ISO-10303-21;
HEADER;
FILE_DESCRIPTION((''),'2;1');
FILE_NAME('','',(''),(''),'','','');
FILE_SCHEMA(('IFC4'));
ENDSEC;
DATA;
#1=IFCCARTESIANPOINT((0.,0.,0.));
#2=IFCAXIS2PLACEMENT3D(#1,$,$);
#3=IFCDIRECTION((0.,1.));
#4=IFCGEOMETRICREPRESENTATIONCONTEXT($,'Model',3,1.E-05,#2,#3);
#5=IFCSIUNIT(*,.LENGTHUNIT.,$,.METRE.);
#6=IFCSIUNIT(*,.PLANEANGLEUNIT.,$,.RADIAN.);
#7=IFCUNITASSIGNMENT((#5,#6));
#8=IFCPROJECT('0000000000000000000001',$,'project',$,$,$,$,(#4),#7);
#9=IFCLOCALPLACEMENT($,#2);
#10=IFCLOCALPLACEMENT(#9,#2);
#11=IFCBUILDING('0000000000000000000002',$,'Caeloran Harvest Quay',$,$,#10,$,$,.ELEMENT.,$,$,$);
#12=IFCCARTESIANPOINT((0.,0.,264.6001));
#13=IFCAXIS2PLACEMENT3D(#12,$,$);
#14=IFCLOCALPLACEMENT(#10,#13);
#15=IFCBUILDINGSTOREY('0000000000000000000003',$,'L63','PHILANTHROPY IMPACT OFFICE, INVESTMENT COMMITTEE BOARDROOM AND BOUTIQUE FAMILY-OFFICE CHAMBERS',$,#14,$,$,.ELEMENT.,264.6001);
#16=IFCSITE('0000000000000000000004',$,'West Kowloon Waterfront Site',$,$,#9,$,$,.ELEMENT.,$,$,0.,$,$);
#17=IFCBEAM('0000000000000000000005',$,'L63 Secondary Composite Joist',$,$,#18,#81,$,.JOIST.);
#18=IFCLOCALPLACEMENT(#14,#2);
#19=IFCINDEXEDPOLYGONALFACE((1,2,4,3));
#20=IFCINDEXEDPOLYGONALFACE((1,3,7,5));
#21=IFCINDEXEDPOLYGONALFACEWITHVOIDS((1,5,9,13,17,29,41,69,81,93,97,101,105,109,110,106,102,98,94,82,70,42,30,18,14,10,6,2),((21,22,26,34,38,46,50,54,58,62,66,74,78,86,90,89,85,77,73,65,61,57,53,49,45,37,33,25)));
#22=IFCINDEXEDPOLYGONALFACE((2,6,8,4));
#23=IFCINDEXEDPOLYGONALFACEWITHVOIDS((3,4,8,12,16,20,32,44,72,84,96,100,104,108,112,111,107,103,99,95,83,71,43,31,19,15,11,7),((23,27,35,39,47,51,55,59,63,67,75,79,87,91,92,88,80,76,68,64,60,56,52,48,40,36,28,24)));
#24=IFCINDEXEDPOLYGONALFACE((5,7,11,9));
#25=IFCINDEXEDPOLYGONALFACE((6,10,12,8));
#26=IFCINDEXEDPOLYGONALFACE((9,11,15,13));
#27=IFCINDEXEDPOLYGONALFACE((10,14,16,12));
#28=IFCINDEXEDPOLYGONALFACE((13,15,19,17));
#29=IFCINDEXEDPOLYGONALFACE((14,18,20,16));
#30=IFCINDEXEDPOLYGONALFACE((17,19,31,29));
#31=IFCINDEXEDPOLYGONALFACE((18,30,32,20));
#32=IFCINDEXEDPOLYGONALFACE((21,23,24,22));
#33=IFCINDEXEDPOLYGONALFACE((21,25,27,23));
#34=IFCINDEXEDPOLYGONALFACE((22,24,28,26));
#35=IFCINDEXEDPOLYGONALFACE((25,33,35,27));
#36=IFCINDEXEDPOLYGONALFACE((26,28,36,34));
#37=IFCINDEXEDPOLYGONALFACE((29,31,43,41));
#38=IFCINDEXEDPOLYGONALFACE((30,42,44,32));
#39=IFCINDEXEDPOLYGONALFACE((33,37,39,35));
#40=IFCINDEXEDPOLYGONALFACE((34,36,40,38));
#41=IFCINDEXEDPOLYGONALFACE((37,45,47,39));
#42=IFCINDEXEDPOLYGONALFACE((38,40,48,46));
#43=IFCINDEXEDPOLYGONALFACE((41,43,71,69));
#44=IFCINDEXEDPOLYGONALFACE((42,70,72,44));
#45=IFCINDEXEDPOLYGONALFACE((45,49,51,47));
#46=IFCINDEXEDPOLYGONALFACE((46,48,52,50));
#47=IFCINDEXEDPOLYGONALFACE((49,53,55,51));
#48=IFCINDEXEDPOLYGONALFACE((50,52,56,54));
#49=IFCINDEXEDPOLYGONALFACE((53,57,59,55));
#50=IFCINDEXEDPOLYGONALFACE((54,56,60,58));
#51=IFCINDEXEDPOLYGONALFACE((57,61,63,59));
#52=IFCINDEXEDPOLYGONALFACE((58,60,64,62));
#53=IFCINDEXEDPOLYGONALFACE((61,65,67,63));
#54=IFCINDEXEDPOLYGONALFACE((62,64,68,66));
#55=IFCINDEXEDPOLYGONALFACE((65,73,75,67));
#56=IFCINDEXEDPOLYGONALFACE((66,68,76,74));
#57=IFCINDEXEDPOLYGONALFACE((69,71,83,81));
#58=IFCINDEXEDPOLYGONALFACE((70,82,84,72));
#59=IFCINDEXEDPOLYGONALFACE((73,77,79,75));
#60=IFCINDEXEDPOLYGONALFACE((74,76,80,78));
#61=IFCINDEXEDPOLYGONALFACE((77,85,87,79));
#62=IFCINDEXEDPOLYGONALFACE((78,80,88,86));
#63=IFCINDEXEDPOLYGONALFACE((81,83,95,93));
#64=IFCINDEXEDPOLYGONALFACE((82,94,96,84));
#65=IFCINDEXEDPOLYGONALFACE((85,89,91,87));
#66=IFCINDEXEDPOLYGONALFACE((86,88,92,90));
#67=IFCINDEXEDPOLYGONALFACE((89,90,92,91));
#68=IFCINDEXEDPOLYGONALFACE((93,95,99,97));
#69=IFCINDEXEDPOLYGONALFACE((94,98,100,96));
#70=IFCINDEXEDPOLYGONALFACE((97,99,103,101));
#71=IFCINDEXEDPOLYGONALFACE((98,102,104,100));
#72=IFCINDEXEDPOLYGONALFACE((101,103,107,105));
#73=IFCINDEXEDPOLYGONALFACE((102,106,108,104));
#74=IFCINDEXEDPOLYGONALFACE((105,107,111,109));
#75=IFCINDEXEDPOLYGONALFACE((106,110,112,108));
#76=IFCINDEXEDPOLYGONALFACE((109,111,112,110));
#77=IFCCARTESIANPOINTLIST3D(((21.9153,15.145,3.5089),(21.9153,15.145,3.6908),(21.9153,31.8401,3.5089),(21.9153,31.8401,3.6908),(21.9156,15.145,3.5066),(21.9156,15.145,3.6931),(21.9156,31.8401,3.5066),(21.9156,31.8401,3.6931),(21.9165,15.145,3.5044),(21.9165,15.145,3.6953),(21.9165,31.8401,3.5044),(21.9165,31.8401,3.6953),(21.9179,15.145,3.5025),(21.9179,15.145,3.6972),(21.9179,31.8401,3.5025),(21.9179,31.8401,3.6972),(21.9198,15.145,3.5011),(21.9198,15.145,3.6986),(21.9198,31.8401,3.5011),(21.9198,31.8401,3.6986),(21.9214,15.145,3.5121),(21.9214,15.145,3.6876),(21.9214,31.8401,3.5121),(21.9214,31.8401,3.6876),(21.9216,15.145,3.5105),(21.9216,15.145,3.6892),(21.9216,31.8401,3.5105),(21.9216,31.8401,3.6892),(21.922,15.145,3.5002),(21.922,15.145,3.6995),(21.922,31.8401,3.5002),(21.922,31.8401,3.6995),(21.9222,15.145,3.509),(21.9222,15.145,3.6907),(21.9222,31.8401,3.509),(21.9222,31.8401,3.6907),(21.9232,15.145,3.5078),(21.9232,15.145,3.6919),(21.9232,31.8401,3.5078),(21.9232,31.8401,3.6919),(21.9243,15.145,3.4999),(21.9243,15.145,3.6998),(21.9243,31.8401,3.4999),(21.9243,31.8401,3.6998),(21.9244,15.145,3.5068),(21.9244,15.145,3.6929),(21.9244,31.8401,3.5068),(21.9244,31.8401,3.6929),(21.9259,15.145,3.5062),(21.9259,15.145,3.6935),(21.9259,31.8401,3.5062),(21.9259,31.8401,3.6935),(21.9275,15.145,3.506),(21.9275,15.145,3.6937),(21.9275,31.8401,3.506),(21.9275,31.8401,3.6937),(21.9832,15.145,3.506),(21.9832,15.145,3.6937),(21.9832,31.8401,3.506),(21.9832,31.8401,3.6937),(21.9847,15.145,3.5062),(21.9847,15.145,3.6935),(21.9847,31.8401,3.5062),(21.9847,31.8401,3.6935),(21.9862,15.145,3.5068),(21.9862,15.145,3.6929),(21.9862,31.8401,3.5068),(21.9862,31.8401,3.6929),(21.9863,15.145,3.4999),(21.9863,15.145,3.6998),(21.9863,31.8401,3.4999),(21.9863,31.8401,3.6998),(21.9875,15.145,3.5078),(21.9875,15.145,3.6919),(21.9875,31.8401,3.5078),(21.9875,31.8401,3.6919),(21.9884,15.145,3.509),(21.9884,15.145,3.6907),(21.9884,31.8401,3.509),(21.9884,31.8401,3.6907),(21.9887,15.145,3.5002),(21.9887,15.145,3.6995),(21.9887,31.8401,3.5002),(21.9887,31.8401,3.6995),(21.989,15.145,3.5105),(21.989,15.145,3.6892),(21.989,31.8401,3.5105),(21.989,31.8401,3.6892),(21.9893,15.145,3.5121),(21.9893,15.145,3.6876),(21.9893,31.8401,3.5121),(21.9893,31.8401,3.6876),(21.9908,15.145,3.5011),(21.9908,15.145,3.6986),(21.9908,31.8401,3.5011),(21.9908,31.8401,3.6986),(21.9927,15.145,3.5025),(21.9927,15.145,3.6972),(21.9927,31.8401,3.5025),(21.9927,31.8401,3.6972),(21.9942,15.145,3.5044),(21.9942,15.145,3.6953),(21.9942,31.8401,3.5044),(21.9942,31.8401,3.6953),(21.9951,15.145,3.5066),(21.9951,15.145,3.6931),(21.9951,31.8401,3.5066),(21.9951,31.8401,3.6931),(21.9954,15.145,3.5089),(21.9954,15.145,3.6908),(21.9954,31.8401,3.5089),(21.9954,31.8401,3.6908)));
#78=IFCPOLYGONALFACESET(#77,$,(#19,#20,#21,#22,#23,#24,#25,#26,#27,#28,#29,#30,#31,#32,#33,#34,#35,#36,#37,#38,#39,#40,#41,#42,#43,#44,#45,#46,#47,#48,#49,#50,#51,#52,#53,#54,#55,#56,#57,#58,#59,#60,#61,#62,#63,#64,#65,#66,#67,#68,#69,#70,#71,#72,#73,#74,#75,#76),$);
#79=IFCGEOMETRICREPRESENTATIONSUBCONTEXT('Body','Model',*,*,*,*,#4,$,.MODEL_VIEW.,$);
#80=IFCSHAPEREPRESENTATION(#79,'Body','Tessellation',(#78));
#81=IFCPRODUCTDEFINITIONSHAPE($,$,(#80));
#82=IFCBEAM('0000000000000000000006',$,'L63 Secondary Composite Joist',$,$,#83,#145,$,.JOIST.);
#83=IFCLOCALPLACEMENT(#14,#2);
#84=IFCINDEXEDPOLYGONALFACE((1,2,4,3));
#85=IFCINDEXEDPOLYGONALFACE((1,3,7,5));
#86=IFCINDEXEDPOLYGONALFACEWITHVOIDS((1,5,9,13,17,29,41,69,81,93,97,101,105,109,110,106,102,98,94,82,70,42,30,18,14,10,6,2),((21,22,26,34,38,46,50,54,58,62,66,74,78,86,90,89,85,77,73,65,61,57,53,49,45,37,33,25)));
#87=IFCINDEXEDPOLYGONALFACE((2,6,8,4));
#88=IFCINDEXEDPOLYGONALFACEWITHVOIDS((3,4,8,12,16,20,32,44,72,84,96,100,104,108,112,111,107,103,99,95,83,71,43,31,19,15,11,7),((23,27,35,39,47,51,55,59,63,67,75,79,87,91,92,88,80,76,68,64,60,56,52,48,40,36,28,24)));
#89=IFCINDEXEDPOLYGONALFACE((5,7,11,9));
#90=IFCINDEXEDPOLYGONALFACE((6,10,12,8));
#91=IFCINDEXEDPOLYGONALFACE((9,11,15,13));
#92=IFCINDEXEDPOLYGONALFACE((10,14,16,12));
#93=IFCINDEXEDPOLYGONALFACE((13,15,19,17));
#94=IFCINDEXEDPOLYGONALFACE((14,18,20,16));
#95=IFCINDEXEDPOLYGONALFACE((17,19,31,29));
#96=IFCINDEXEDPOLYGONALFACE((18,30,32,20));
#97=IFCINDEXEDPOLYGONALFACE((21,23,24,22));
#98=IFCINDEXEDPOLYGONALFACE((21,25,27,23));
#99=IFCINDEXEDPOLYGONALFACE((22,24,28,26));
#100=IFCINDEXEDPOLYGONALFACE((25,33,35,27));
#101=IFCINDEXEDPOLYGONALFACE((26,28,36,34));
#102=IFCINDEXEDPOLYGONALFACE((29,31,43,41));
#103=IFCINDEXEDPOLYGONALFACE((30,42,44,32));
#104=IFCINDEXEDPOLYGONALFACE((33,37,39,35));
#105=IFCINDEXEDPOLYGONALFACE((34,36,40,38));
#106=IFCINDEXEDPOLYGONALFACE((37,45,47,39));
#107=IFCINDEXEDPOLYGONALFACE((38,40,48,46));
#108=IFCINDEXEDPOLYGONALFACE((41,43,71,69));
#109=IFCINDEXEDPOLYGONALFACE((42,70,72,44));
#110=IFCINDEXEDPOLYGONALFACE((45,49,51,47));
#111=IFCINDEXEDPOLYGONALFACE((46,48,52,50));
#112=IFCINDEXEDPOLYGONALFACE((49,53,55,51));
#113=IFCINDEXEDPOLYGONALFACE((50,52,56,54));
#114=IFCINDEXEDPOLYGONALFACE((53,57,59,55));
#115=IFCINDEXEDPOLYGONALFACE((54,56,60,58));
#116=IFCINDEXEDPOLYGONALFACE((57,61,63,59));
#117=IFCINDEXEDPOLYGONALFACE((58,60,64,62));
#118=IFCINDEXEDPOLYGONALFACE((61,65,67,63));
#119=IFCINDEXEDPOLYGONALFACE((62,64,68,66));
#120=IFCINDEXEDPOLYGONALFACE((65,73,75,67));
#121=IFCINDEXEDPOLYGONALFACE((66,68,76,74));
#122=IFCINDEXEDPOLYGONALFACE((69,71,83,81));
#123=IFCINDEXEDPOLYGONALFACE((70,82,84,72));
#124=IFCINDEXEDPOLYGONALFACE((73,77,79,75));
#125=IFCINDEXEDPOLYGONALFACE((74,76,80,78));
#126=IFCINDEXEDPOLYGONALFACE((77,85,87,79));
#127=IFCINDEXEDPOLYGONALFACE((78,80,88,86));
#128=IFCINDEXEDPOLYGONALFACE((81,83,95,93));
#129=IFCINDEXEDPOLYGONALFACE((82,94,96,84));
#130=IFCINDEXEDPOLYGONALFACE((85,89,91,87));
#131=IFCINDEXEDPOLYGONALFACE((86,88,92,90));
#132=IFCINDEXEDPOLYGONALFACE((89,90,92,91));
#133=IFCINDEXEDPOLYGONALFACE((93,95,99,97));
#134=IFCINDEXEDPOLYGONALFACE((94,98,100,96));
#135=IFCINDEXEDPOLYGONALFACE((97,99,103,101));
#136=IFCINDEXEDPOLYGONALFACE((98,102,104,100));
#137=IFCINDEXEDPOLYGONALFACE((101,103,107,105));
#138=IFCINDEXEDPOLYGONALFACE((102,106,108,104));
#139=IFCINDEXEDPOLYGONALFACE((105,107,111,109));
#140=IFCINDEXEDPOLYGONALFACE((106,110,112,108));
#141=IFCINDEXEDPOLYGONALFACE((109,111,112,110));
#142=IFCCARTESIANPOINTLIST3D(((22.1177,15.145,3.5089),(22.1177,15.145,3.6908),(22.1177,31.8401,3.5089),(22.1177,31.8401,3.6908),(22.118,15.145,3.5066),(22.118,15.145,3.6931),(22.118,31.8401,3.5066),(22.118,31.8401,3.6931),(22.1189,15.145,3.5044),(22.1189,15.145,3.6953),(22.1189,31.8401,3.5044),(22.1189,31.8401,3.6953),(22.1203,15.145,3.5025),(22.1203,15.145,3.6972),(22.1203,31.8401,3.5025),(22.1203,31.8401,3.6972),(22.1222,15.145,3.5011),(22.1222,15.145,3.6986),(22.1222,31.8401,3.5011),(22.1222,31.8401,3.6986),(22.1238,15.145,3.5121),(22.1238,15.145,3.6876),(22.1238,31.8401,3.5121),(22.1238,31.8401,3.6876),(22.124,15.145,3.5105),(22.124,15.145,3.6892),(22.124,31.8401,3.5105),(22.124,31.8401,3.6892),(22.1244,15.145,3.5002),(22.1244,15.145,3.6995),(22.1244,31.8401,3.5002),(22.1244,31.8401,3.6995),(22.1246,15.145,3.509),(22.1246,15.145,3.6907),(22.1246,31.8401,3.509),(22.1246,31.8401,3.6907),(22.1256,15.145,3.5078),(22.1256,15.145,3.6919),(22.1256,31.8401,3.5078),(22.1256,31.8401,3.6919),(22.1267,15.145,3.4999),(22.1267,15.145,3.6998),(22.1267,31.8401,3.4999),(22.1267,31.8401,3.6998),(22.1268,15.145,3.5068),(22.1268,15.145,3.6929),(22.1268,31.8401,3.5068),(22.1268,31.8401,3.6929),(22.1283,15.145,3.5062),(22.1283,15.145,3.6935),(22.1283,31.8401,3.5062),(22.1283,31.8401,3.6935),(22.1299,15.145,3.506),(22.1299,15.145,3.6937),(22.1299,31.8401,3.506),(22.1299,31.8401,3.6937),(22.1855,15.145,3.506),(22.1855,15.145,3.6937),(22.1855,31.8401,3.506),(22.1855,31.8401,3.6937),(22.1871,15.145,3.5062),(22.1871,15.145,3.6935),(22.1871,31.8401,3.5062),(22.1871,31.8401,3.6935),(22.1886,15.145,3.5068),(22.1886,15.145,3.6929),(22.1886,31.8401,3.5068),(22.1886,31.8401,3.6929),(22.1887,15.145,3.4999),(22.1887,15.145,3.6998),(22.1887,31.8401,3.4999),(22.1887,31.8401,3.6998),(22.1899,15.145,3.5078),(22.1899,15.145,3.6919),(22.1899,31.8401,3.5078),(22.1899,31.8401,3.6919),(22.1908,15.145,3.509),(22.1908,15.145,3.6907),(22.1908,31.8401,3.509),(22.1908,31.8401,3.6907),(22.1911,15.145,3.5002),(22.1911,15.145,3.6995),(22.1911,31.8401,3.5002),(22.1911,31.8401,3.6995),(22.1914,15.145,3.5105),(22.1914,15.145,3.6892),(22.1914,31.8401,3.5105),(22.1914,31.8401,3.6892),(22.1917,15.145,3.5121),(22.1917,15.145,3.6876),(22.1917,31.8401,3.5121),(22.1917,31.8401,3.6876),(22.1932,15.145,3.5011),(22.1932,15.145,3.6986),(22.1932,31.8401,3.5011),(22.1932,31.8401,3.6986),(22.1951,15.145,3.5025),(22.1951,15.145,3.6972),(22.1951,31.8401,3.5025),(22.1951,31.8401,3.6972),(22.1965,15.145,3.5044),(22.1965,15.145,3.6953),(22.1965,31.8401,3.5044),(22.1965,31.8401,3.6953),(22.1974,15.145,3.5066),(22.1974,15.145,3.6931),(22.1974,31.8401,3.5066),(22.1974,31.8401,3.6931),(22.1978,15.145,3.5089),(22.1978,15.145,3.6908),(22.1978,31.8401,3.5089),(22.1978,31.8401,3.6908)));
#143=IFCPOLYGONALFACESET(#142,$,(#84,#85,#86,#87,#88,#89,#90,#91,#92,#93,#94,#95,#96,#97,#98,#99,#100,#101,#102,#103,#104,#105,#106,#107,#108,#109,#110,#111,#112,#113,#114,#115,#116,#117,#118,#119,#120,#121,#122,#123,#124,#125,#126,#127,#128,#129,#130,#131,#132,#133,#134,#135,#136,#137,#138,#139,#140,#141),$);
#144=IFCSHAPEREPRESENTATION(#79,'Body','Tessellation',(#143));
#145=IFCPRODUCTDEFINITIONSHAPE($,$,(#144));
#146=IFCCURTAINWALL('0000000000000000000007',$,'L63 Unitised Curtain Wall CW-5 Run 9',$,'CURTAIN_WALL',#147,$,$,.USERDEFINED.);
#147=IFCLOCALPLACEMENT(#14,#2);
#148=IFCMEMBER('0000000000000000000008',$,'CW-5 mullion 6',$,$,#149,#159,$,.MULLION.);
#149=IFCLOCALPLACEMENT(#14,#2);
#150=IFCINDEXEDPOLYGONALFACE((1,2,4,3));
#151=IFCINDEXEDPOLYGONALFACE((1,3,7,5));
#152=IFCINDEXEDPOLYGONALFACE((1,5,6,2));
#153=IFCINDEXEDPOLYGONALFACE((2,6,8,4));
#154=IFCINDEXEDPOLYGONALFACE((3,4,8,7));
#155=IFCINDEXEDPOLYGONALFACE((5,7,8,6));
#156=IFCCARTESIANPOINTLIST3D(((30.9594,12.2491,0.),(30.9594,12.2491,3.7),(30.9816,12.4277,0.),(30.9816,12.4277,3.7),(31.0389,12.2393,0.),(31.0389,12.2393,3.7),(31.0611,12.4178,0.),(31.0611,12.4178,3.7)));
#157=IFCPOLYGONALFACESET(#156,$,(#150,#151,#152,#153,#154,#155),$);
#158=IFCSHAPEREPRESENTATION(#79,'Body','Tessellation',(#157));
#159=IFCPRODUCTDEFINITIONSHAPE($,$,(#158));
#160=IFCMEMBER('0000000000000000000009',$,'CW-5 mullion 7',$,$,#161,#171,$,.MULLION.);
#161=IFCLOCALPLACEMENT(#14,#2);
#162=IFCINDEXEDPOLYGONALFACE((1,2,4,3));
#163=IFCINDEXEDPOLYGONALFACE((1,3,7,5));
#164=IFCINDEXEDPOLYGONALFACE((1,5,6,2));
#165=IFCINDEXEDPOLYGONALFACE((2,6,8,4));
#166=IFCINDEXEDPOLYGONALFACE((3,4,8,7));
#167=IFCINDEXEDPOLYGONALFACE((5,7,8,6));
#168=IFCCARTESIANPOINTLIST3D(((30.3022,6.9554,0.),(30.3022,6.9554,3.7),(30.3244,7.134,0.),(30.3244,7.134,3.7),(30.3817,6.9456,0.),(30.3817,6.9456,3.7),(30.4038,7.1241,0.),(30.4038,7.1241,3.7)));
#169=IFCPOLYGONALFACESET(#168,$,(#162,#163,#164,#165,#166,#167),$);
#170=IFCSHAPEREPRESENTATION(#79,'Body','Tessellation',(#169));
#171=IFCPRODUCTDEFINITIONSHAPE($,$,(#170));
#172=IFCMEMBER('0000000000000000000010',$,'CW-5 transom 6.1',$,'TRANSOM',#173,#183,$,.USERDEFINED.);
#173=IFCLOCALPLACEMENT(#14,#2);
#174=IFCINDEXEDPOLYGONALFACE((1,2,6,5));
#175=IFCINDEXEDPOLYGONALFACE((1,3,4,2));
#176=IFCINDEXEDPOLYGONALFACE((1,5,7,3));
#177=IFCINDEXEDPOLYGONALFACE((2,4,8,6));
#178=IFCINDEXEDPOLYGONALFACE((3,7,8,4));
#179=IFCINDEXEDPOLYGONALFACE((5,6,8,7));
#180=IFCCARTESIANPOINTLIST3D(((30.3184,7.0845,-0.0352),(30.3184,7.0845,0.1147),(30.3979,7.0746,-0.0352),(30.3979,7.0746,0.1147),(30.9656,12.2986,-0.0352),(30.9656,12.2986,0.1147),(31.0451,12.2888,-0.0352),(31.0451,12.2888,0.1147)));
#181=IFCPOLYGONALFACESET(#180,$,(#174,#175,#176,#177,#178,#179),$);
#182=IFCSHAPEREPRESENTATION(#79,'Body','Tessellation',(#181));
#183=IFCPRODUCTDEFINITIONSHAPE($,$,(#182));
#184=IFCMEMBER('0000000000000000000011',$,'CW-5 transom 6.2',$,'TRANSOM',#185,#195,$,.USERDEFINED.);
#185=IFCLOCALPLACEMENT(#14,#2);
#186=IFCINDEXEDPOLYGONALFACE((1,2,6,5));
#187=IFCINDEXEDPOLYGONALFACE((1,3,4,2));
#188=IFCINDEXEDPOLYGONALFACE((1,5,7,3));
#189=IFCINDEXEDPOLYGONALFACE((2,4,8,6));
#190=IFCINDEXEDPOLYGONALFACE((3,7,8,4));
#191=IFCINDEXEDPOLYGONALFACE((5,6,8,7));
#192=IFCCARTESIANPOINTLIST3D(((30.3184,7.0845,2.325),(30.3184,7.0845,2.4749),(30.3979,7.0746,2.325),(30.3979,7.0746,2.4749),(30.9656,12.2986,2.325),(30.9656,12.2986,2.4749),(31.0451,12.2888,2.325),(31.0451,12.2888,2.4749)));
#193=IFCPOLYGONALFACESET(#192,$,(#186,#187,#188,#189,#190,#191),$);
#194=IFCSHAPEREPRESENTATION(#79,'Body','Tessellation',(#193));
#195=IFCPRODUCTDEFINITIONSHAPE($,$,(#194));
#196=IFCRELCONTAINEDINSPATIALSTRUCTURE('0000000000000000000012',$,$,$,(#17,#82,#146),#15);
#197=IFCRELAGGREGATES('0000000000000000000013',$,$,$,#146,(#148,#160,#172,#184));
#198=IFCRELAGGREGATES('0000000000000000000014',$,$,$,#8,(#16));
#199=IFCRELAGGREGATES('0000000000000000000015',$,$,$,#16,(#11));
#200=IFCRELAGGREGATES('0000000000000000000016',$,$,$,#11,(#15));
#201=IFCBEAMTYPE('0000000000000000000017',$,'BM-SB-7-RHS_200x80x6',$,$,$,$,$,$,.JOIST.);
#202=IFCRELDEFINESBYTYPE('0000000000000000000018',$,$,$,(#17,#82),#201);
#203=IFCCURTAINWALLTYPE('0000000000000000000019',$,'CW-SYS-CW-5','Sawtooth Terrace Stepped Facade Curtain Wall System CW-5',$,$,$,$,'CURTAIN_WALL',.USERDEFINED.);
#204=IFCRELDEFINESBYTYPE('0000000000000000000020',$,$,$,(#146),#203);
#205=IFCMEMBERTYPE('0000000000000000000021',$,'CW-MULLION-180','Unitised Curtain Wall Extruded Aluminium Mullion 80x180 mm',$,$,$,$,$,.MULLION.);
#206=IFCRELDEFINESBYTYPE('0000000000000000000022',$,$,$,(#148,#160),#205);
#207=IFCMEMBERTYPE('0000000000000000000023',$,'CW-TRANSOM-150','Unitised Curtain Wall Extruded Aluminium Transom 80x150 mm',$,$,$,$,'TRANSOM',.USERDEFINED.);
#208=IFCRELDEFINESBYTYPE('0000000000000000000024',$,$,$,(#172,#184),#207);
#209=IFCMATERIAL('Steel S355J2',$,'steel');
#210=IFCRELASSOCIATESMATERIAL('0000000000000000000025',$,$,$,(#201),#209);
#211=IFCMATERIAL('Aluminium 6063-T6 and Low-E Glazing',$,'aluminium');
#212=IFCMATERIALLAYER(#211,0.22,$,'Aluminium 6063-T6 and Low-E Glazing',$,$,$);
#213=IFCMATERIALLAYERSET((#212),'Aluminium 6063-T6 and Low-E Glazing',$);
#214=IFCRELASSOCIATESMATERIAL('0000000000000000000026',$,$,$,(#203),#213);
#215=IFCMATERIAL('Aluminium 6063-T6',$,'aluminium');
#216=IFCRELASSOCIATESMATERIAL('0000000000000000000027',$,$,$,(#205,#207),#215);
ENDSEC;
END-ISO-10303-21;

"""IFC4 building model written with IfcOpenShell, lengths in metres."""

from ifc_helpers import new_model, si_unit, direction, frame, origin, origin_2d, place, context, subcontext, project, spatial, rectangle, hollow_rectangle, extrude, material, layer, layer_set, material_profile, profile_set, type_object, element, aggregate, save


model = new_model("IFC4")

# Units and contexts
model_context = context("Model", 3, precision=1e-05, world=origin(), true_north=direction((0.0, 1.0)))
body_context = subcontext(model_context, "Body", "Model", "MODEL_VIEW")
ifc_project = project(units=[si_unit("LENGTHUNIT", "METRE"), si_unit("PLANEANGLEUNIT", "RADIAN")], contexts=[model_context])

# Site, building, storey
site_placement = place(None, origin())
site = spatial("IfcSite", under=ifc_project, at=site_placement, Name="West Kowloon Waterfront Site", CompositionType="ELEMENT", RefElevation=0.0)
building_placement = place(site_placement, origin())
building = spatial("IfcBuilding", under=site, at=building_placement, Name="Caeloran Harvest Quay", CompositionType="ELEMENT")
storey_placement = place(building_placement, frame((0.0, 0.0, 264.6001)))
storey = spatial("IfcBuildingStorey", under=building, at=storey_placement, Name="L63", Description="PHILANTHROPY IMPACT OFFICE, INVESTMENT COMMITTEE BOARDROOM AND BOUTIQUE FAMILY-OFFICE CHAMBERS", CompositionType="ELEMENT", Elevation=264.6001)

# Beams
ifc_material_1 = material(Name="Steel S355J2", Category="steel")
ifc_material_profile_1 = material_profile(ifc_material_1, hollow_rectangle(XDim=0.0801, YDim=0.2, WallThickness=0.0061, InnerFilletRadius=0.0061, OuterFilletRadius=0.009, at=origin_2d()), Name="RHS 200x80x6")
ifc_profile_set_1 = profile_set([ifc_material_profile_1], Name="Steel S355J2")
beam_type_1 = type_object("IfcBeamType", Name="BM-SB-7-RHS_200x80x6", PredefinedType="JOIST", material=ifc_profile_set_1)
for number, where, z_axis, x_axis, name in (
    (1, (21.9553, 15.145, 3.5999), (0.0, 1.0, 0.0), (-1.0, 0.0, 0.0), "L63 Secondary Composite Joist"),
    (2, (22.1577, 15.145, 3.5999), (0.0, 1.0, 0.0), (-1.0, 0.0, 0.0), "L63 Secondary Composite Joist"),
):
    element("IfcBeam", number, at=place(storey_placement, frame(where, z_axis=z_axis, x_axis=x_axis)), inside=storey, type_object=beam_type_1, Name=name, PredefinedType="JOIST", context=body_context, shape_type="SweptSolid", body=[
        extrude(hollow_rectangle(XDim=0.0801, YDim=0.2, WallThickness=0.0061, InnerFilletRadius=0.0061, OuterFilletRadius=0.009, at=origin_2d()), origin(), (0.0, 0.0, 1.0), 16.6951),
    ])

# Curtain wall, members
ifc_material_2 = material(Name="Aluminium 6063-T6 and Low-E Glazing", Category="aluminium")
ifc_layer_1 = layer(ifc_material_2, 0.22, Name="Aluminium 6063-T6 and Low-E Glazing")
ifc_layer_set_1 = layer_set([ifc_layer_1], Name="Aluminium 6063-T6 and Low-E Glazing")
curtain_wall_type = type_object("IfcCurtainWallType", Name="CW-SYS-CW-5", Description="Sawtooth Terrace Stepped Facade Curtain Wall System CW-5", ElementType="CURTAIN_WALL", PredefinedType="USERDEFINED", material=ifc_layer_set_1)
curtain_wall_placement = place(storey_placement, origin())
curtain_wall = element("IfcCurtainWall", 3, at=curtain_wall_placement, inside=storey, type_object=curtain_wall_type, Name="L63 Unitised Curtain Wall CW-5 Run 9", ObjectType="CURTAIN_WALL", PredefinedType="USERDEFINED")
ifc_material_3 = material(Name="Aluminium 6063-T6", Category="aluminium")
ifc_material_profile_2 = material_profile(ifc_material_3, rectangle(XDim=0.0801, YDim=0.1799, at=origin_2d()), Name="CW-MULLION-180")
ifc_profile_set_2 = profile_set([ifc_material_profile_2], Name="Aluminium 6063-T6")
member_type_1 = type_object("IfcMemberType", Name="CW-MULLION-180", Description="Unitised Curtain Wall Extruded Aluminium Mullion 80x180 mm", PredefinedType="MULLION", material=ifc_profile_set_2)
member_1_placement = place(storey_placement, frame((31.0103, 12.3335, 0.0), z_axis=(0.0, 0.0, 1.0), x_axis=(0.992383, -0.12319, 0.0)))
member_1 = element("IfcMember", 4, at=member_1_placement, type_object=member_type_1, Name="CW-5 mullion 6", PredefinedType="MULLION", context=body_context, shape_type="SweptSolid", body=[
    extrude(rectangle(XDim=0.0801, YDim=0.1799, at=origin_2d()), origin(), (0.0, 0.0, 1.0), 3.7),
])
member_2_placement = place(storey_placement, frame((30.353, 7.0398, 0.0), z_axis=(0.0, 0.0, 1.0), x_axis=(0.992383, -0.12319, 0.0)))
member_2 = element("IfcMember", 5, at=member_2_placement, type_object=member_type_1, Name="CW-5 mullion 7", PredefinedType="MULLION", context=body_context, shape_type="SweptSolid", body=[
    extrude(rectangle(XDim=0.0801, YDim=0.1799, at=origin_2d()), origin(), (0.0, 0.0, 1.0), 3.7),
])
ifc_material_profile_3 = material_profile(ifc_material_3, rectangle(XDim=0.0801, YDim=0.1499, at=origin_2d()), Name="CW-TRANSOM-150")
ifc_profile_set_3 = profile_set([ifc_material_profile_3], Name="Aluminium 6063-T6")
member_type_2 = type_object("IfcMemberType", Name="CW-TRANSOM-150", Description="Unitised Curtain Wall Extruded Aluminium Transom 80x150 mm", ElementType="TRANSOM", PredefinedType="USERDEFINED", material=ifc_profile_set_3)
member_3_placement = place(storey_placement, frame((31.0054, 12.2937, 0.0398), z_axis=(-0.123183, -0.992384, 0.0), x_axis=(0.992384, -0.123183, 0.0)))
member_3 = element("IfcMember", 6, at=member_3_placement, type_object=member_type_2, Name="CW-5 transom 6.1", ObjectType="TRANSOM", PredefinedType="USERDEFINED", context=body_context, shape_type="SweptSolid", body=[
    extrude(rectangle(XDim=0.0801, YDim=0.1499, at=origin_2d()), origin(), (0.0, 0.0, 1.0), 5.2542),
])
member_4_placement = place(storey_placement, frame((31.0054, 12.2937, 2.3999), z_axis=(-0.123183, -0.992384, 0.0), x_axis=(0.992384, -0.123183, 0.0)))
member_4 = element("IfcMember", 7, at=member_4_placement, type_object=member_type_2, Name="CW-5 transom 6.2", ObjectType="TRANSOM", PredefinedType="USERDEFINED", context=body_context, shape_type="SweptSolid", body=[
    extrude(rectangle(XDim=0.0801, YDim=0.1499, at=origin_2d()), origin(), (0.0, 0.0, 1.0), 5.2542),
])
aggregate(curtain_wall, [member_1, member_2, member_3, member_4])

save(model, "model.ifc")
